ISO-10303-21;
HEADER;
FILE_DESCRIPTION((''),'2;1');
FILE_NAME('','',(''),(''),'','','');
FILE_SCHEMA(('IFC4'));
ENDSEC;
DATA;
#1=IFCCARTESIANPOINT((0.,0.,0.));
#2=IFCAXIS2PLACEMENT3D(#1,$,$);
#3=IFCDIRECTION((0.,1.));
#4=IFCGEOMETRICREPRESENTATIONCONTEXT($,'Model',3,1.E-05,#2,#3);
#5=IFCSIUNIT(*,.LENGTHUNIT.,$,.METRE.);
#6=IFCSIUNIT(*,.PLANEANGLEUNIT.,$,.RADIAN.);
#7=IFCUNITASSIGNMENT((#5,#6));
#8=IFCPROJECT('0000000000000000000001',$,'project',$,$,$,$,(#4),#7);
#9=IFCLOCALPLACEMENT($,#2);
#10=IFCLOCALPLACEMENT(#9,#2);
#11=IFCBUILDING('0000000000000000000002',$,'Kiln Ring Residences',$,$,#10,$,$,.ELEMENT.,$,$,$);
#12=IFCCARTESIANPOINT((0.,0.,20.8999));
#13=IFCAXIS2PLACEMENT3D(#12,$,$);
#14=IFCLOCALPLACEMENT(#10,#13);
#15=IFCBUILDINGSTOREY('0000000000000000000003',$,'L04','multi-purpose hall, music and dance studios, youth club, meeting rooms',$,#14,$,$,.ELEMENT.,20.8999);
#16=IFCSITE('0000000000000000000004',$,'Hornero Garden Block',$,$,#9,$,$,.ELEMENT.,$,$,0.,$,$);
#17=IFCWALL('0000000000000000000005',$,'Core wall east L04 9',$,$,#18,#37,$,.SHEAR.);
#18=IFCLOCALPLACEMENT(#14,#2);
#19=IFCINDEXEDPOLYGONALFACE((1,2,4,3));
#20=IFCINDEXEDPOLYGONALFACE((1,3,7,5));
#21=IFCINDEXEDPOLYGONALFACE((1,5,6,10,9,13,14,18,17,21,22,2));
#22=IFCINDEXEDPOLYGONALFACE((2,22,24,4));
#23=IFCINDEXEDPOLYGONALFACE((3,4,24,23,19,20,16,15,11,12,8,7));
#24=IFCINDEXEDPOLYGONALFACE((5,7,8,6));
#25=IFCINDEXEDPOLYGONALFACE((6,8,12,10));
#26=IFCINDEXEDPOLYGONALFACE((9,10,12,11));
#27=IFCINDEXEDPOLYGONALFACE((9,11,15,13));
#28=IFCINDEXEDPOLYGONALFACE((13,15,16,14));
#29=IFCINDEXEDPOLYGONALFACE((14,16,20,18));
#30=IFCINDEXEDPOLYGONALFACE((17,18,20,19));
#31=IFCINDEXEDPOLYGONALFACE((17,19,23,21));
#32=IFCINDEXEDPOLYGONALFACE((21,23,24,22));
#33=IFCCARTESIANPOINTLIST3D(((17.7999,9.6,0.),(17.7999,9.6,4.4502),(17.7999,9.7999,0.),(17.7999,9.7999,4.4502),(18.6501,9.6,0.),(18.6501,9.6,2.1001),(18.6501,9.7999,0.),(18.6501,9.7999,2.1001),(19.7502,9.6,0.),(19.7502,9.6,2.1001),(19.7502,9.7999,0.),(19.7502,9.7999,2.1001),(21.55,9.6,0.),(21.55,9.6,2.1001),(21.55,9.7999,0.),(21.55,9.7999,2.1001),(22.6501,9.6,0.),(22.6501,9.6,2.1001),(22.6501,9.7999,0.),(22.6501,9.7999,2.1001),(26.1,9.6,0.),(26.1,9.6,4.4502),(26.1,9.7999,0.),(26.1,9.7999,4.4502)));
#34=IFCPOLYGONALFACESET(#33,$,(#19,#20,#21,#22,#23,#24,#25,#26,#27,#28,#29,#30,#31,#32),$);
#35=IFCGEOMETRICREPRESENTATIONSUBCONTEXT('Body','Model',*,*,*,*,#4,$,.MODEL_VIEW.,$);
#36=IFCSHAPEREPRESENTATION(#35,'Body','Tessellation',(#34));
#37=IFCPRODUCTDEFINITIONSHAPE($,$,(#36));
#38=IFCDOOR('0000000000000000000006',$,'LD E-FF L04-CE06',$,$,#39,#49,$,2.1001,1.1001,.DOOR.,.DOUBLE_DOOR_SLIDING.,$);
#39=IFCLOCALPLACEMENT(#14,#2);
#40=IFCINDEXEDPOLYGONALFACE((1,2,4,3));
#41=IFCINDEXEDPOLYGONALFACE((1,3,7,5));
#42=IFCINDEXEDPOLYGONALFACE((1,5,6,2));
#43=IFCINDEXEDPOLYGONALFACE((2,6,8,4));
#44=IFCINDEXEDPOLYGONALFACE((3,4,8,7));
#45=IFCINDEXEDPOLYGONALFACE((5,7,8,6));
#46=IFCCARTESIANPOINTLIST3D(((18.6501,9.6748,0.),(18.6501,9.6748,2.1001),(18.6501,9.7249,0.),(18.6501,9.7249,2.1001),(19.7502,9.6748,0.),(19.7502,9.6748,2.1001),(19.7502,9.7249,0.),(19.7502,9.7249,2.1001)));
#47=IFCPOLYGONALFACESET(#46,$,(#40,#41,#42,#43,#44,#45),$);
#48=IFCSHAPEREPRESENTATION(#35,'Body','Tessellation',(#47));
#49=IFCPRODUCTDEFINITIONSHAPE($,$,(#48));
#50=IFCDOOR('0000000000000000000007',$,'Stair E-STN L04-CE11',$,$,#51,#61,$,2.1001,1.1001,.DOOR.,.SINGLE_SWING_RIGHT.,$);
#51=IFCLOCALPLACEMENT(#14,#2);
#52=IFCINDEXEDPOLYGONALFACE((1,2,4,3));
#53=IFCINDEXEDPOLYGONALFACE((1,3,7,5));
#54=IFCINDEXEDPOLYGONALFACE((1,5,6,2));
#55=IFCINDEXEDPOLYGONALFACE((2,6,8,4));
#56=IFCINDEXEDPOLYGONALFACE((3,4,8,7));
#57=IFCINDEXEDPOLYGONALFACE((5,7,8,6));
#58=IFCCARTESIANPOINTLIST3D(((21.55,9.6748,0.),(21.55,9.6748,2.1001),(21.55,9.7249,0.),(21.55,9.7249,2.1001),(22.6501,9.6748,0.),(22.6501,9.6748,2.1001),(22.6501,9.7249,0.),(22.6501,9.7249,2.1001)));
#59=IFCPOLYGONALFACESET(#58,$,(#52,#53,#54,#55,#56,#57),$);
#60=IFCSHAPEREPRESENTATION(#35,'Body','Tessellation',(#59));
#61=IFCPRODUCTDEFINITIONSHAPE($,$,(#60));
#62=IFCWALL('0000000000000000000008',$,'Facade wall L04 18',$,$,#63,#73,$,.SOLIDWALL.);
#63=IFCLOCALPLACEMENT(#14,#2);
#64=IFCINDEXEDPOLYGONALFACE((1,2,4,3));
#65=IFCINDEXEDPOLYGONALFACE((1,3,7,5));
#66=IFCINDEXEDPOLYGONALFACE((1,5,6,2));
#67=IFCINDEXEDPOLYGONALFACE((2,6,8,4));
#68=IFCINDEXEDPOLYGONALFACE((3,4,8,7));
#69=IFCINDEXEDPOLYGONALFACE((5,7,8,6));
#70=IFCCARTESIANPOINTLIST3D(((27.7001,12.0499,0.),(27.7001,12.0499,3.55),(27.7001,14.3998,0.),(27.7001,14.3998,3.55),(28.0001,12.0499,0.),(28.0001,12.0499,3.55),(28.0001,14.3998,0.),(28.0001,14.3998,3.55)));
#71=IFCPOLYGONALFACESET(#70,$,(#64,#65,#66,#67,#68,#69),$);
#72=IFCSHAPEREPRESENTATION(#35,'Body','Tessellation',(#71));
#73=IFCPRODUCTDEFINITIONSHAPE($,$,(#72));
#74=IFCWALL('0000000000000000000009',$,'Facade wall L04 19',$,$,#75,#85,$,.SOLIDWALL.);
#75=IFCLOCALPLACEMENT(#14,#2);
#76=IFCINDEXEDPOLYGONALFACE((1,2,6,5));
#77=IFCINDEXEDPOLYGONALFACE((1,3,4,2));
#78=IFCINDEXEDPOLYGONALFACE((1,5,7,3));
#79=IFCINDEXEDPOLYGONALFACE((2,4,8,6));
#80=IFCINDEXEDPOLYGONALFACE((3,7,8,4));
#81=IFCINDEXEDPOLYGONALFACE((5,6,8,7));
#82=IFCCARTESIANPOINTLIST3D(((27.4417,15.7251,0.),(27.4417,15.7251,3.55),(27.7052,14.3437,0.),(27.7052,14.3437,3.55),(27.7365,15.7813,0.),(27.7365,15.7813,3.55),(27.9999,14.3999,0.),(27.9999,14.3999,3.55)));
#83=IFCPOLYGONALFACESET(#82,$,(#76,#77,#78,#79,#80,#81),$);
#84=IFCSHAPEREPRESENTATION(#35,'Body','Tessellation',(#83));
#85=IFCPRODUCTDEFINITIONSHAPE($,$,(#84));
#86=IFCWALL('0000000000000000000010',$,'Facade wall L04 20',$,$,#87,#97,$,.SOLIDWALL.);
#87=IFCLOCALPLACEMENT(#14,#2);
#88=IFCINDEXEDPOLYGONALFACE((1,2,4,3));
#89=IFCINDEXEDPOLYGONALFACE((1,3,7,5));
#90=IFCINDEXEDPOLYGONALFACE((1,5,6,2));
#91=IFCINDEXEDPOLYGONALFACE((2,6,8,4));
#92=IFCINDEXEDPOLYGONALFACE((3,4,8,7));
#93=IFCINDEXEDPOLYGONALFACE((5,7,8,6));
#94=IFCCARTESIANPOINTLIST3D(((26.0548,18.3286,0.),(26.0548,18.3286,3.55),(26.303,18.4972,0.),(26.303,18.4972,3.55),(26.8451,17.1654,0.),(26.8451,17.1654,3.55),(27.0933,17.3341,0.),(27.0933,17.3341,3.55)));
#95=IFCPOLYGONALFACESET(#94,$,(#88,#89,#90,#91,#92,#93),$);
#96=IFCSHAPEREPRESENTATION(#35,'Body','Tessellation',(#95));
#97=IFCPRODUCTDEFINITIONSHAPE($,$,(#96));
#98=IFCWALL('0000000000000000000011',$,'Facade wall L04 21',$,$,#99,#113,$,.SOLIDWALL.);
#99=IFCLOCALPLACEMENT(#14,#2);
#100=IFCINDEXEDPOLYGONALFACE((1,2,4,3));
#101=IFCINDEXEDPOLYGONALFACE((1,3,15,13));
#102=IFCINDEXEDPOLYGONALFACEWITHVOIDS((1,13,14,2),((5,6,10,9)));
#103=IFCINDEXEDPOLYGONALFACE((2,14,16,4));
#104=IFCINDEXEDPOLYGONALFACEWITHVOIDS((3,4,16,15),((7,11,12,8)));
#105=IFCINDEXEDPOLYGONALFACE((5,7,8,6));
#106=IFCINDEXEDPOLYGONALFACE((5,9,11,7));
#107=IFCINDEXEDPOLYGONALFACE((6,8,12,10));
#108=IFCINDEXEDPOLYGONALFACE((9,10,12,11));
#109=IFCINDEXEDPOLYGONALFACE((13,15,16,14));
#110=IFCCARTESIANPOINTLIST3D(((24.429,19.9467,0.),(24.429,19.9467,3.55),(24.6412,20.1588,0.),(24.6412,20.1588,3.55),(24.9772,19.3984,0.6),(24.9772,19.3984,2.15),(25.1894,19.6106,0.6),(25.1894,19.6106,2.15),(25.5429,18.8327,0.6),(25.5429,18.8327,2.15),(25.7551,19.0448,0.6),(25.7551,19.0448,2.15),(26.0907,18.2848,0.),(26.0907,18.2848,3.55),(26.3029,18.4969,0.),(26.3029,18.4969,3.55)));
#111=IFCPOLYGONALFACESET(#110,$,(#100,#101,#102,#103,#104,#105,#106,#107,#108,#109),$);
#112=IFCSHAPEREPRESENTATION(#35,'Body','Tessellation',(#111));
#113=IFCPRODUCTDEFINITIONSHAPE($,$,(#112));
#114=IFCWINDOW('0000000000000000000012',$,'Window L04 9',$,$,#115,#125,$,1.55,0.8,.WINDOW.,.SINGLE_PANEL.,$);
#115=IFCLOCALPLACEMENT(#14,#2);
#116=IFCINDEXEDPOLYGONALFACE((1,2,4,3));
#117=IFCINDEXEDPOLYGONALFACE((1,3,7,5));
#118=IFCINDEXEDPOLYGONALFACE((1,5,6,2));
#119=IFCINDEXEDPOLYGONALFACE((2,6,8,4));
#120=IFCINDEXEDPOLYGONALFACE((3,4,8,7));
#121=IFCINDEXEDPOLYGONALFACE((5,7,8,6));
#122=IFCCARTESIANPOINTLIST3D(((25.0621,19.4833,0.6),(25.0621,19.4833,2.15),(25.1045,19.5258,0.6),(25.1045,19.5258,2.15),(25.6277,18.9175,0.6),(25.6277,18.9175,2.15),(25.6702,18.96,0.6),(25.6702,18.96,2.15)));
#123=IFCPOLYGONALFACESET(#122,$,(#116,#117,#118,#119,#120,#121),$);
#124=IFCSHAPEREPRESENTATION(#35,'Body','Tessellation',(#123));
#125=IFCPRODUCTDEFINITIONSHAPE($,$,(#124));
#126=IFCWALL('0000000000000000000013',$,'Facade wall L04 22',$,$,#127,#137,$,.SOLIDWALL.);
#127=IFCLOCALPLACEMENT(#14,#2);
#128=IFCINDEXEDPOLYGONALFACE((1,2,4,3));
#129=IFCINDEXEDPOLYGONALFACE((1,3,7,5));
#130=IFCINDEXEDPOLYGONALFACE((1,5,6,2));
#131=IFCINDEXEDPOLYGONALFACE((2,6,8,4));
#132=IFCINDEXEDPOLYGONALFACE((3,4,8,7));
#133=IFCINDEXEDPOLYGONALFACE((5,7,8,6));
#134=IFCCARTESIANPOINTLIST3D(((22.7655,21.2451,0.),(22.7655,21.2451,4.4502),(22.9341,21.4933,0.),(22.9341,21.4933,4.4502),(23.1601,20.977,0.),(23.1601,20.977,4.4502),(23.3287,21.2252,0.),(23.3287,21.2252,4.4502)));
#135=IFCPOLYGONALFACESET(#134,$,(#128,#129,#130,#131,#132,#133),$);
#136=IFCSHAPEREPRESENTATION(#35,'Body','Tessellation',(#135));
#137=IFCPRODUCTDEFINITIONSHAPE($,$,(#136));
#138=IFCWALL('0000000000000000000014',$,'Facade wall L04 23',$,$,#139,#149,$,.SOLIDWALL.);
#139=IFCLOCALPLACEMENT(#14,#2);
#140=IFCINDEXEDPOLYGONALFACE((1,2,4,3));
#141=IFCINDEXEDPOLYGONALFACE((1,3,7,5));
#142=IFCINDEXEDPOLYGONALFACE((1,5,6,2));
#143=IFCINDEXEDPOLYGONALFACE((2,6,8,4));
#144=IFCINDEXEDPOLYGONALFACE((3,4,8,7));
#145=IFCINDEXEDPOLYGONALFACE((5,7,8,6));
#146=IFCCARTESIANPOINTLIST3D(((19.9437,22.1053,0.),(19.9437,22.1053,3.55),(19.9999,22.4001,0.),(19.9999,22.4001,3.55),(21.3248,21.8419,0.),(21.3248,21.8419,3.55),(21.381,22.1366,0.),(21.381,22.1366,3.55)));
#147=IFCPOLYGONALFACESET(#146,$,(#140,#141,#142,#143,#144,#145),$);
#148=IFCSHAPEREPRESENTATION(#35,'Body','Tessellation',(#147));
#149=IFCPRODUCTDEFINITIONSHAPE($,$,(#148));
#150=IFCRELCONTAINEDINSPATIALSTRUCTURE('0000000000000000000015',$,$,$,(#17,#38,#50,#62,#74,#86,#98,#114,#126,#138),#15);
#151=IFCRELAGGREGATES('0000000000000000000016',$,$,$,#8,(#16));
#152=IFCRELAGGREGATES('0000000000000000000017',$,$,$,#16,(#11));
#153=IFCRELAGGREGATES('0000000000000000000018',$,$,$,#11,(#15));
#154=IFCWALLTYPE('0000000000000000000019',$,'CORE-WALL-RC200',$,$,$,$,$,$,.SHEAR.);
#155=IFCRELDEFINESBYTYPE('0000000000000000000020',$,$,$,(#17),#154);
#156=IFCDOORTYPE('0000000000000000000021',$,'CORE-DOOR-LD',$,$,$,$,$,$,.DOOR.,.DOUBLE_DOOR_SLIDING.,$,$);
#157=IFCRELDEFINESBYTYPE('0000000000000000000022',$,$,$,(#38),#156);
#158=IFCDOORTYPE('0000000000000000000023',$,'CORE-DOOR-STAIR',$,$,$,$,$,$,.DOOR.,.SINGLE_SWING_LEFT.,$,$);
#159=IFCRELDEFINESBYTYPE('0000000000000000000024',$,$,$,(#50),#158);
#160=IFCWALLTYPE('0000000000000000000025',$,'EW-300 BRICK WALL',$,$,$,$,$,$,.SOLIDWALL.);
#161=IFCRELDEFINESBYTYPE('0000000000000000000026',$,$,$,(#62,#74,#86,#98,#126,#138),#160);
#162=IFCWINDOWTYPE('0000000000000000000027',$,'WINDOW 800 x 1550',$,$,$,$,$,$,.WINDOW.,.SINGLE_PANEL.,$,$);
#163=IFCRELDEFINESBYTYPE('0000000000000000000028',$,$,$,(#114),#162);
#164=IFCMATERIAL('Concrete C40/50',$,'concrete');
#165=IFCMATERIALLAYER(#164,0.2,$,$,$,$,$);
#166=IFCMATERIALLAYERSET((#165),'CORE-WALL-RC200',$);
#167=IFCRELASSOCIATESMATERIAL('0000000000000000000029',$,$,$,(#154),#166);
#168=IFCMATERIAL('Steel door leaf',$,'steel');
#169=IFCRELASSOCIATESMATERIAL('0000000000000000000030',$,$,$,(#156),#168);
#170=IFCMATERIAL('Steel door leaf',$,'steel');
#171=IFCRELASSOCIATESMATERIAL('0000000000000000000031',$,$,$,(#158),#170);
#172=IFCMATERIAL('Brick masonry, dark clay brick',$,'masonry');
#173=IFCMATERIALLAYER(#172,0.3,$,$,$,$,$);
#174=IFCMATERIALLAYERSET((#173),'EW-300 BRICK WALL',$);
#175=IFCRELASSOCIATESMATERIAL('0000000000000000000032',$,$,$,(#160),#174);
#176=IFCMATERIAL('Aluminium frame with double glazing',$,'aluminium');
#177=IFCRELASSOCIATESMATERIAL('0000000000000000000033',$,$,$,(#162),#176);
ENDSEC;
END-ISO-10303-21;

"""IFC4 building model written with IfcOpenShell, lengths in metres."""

from ifc_helpers import new_model, si_unit, direction, frame, frame_2d, origin, place, context, subcontext, project, spatial, rectangle, extrude, material, layer, layer_set, type_object, element, fill, save


model = new_model("IFC4")

# Units and contexts
model_context = context("Model", 3, precision=1e-05, world=origin(), true_north=direction((0.0, 1.0)))
body_context = subcontext(model_context, "Body", "Model", "MODEL_VIEW")
ifc_project = project(units=[si_unit("LENGTHUNIT", "METRE"), si_unit("PLANEANGLEUNIT", "RADIAN")], contexts=[model_context])

# Site, building, storey
site_placement = place(None, origin())
site = spatial("IfcSite", under=ifc_project, at=site_placement, Name="Hornero Garden Block", CompositionType="ELEMENT", RefElevation=0.0)
building_placement = place(site_placement, origin())
building = spatial("IfcBuilding", under=site, at=building_placement, Name="Kiln Ring Residences", CompositionType="ELEMENT")
storey_placement = place(building_placement, frame((0.0, 0.0, 20.8999)))
storey = spatial("IfcBuildingStorey", under=building, at=storey_placement, Name="L04", Description="multi-purpose hall, music and dance studios, youth club, meeting rooms", CompositionType="ELEMENT", Elevation=20.8999)

# Wall, openings, doors
ifc_material_1 = material(Name="Concrete C40/50", Category="concrete")
ifc_layer_1 = layer(ifc_material_1, 0.2)
ifc_layer_set_1 = layer_set([ifc_layer_1], Name="CORE-WALL-RC200")
wall_type_1 = type_object("IfcWallType", Name="CORE-WALL-RC200", PredefinedType="SHEAR", material=ifc_layer_set_1)
wall_1_placement = place(storey_placement, frame((17.8, 9.7, 0.0), z_axis=(0.0, 0.0, 1.0), x_axis=(1.0, 0.0, 0.0)))
wall_1 = element("IfcWall", 1, at=wall_1_placement, inside=storey, type_object=wall_type_1, Name="Core wall east L04 9", PredefinedType="SHEAR", context=body_context, shape_type="SweptSolid", body=[
    extrude(rectangle(XDim=8.3, YDim=0.2, at=frame_2d((4.1499, 0.0))), origin(), (0.0, 0.0, 1.0), 4.4502),
])
opening_1_placement = place(wall_1_placement, frame((0.8501, 0.0, 0.0)))
opening_1 = element("IfcOpeningElement", 2, at=opening_1_placement, cuts=wall_1, PredefinedType="OPENING", context=body_context, shape_type="SweptSolid", body=[
    extrude(rectangle(XDim=1.1001, YDim=2.1001, at=frame_2d((0.55, 1.05))), frame((0.0, 0.1099, 0.0), z_axis=(0.0, -1.0, 0.0), x_axis=(1.0, 0.0, 0.0)), (0.0, 0.0, 1.0), 0.22),
])
opening_2_placement = place(wall_1_placement, frame((3.75, 0.0, 0.0)))
opening_2 = element("IfcOpeningElement", 3, at=opening_2_placement, cuts=wall_1, PredefinedType="OPENING", context=body_context, shape_type="SweptSolid", body=[
    extrude(rectangle(XDim=1.1001, YDim=2.1001, at=frame_2d((0.55, 1.05))), frame((0.0, 0.1099, 0.0), z_axis=(0.0, -1.0, 0.0), x_axis=(1.0, 0.0, 0.0)), (0.0, 0.0, 1.0), 0.22),
])
ifc_material_2 = material(Name="Steel door leaf", Category="steel")
door_type_1 = type_object("IfcDoorType", Name="CORE-DOOR-LD", OperationType="DOUBLE_DOOR_SLIDING", PredefinedType="DOOR", material=ifc_material_2)
door_1_placement = place(opening_1_placement, origin())
door_1 = element("IfcDoor", 4, at=door_1_placement, inside=storey, type_object=door_type_1, Name="LD E-FF L04-CE06", OperationType="DOUBLE_DOOR_SLIDING", OverallHeight=2.1001, OverallWidth=1.1001, PredefinedType="DOOR", context=body_context, shape_type="SweptSolid", body=[
    extrude(rectangle(XDim=1.1001, YDim=2.1001, at=frame_2d((0.55, 1.05))), frame((0.0, 0.0249, 0.0), z_axis=(0.0, -1.0, 0.0), x_axis=(1.0, 0.0, 0.0)), (0.0, 0.0, 1.0), 0.05),
])
fill(opening_1, door_1)
ifc_material_3 = material(Name="Steel door leaf", Category="steel")
door_type_2 = type_object("IfcDoorType", Name="CORE-DOOR-STAIR", OperationType="SINGLE_SWING_LEFT", PredefinedType="DOOR", material=ifc_material_3)
door_2_placement = place(opening_2_placement, origin())
door_2 = element("IfcDoor", 5, at=door_2_placement, inside=storey, type_object=door_type_2, Name="Stair E-STN L04-CE11", OperationType="SINGLE_SWING_RIGHT", OverallHeight=2.1001, OverallWidth=1.1001, PredefinedType="DOOR", context=body_context, shape_type="SweptSolid", body=[
    extrude(rectangle(XDim=1.1001, YDim=2.1001, at=frame_2d((0.55, 1.05))), frame((0.0, 0.0249, 0.0), z_axis=(0.0, -1.0, 0.0), x_axis=(1.0, 0.0, 0.0)), (0.0, 0.0, 1.0), 0.05),
])
fill(opening_2, door_2)

# Walls
ifc_material_4 = material(Name="Brick masonry, dark clay brick", Category="masonry")
ifc_layer_2 = layer(ifc_material_4, 0.3)
ifc_layer_set_2 = layer_set([ifc_layer_2], Name="EW-300 BRICK WALL")
wall_type_2 = type_object("IfcWallType", Name="EW-300 BRICK WALL", PredefinedType="SOLIDWALL", material=ifc_layer_set_2)
wall_2_placement = place(storey_placement, frame((27.8501, 12.05, 0.0), z_axis=(0.0, 0.0, 1.0), x_axis=(0.0, 1.0, 0.0)))
element("IfcWall", 6, at=wall_2_placement, inside=storey, type_object=wall_type_2, Name="Facade wall L04 18", PredefinedType="SOLIDWALL", context=body_context, shape_type="SweptSolid", body=[
    extrude(rectangle(XDim=2.3499, YDim=0.3, at=frame_2d((1.1748, 0.0))), origin(), (0.0, 0.0, 1.0), 3.55),
])
for number, where, z_axis, x_axis, name in (
    (7, (27.8525, 14.3718, 0.0), (0.0, 0.0, 1.0), (-0.187328, 0.982298, 0.0), "Facade wall L04 19"),
    (8, (26.9692, 17.2498, 0.0), (0.0, 0.0, 1.0), (-0.562011, 0.82713, 0.0), "Facade wall L04 20"),
):
    element("IfcWall", number, at=place(storey_placement, frame(where, z_axis=z_axis, x_axis=x_axis)), inside=storey, type_object=wall_type_2, Name=name, PredefinedType="SOLIDWALL", context=body_context, shape_type="SweptSolid", body=[
        extrude(rectangle(XDim=1.4062, YDim=0.3, at=frame_2d((0.7031, 0.0))), origin(), (0.0, 0.0, 1.0), 3.55),
    ])

# Wall, opening, window
wall_3_placement = place(storey_placement, frame((26.1968, 18.3909, 0.0), z_axis=(0.0, 0.0, 1.0), x_axis=(-0.707055, 0.707159, 0.0)))
wall_3 = element("IfcWall", 9, at=wall_3_placement, inside=storey, type_object=wall_type_2, Name="Facade wall L04 21", PredefinedType="SOLIDWALL", context=body_context, shape_type="SweptSolid", body=[
    extrude(rectangle(XDim=2.3501, YDim=0.3, at=frame_2d((1.175, 0.0))), origin(), (0.0, 0.0, 1.0), 3.55),
])
opening_3_placement = place(wall_3_placement, frame((0.7749, 0.0, 0.6001)))
opening_3 = element("IfcOpeningElement", 10, at=opening_3_placement, cuts=wall_3, PredefinedType="OPENING", context=body_context, shape_type="SweptSolid", body=[
    extrude(rectangle(XDim=0.8, YDim=1.55, at=frame_2d((0.3999, 0.7749))), frame((0.0, 0.1599, 0.0), z_axis=(0.0, -1.0, 0.0), x_axis=(1.0, 0.0, 0.0)), (0.0, 0.0, 1.0), 0.3201),
])
ifc_material_5 = material(Name="Aluminium frame with double glazing", Category="aluminium")
window_type_1 = type_object("IfcWindowType", Name="WINDOW 800 x 1550", PartitioningType="SINGLE_PANEL", PredefinedType="WINDOW", material=ifc_material_5)
window_1_placement = place(opening_3_placement, origin())
window_1 = element("IfcWindow", 11, at=window_1_placement, inside=storey, type_object=window_type_1, Name="Window L04 9", OverallHeight=1.55, OverallWidth=0.8, PartitioningType="SINGLE_PANEL", PredefinedType="WINDOW", context=body_context, shape_type="SweptSolid", body=[
    extrude(rectangle(XDim=0.8, YDim=1.55, at=frame_2d((0.3999, 0.7749))), frame((0.0, 0.03, 0.0), z_axis=(0.0, -1.0, 0.0), x_axis=(1.0, 0.0, 0.0)), (0.0, 0.0, 1.0), 0.0601),
])
fill(opening_3, window_1)

# Walls
wall_4_placement = place(storey_placement, frame((23.2444, 21.1011, 0.0), z_axis=(0.0, 0.0, 1.0), x_axis=(-0.827136, 0.562002, 0.0)))
element("IfcWall", 12, at=wall_4_placement, inside=storey, type_object=wall_type_2, Name="Facade wall L04 22", PredefinedType="SOLIDWALL", context=body_context, shape_type="SweptSolid", body=[
    extrude(rectangle(XDim=0.4771, YDim=0.3, at=frame_2d((0.2385, 0.0))), origin(), (0.0, 0.0, 1.0), 4.4502),
])
wall_5_placement = place(storey_placement, frame((21.353, 21.9893, 0.0), z_axis=(0.0, 0.0, 1.0), x_axis=(-0.982291, 0.187359, 0.0)))
element("IfcWall", 13, at=wall_5_placement, inside=storey, type_object=wall_type_2, Name="Facade wall L04 23", PredefinedType="SOLIDWALL", context=body_context, shape_type="SweptSolid", body=[
    extrude(rectangle(XDim=1.406, YDim=0.3, at=frame_2d((0.7031, 0.0))), origin(), (0.0, 0.0, 1.0), 3.55),
])

save(model, "model.ifc")
